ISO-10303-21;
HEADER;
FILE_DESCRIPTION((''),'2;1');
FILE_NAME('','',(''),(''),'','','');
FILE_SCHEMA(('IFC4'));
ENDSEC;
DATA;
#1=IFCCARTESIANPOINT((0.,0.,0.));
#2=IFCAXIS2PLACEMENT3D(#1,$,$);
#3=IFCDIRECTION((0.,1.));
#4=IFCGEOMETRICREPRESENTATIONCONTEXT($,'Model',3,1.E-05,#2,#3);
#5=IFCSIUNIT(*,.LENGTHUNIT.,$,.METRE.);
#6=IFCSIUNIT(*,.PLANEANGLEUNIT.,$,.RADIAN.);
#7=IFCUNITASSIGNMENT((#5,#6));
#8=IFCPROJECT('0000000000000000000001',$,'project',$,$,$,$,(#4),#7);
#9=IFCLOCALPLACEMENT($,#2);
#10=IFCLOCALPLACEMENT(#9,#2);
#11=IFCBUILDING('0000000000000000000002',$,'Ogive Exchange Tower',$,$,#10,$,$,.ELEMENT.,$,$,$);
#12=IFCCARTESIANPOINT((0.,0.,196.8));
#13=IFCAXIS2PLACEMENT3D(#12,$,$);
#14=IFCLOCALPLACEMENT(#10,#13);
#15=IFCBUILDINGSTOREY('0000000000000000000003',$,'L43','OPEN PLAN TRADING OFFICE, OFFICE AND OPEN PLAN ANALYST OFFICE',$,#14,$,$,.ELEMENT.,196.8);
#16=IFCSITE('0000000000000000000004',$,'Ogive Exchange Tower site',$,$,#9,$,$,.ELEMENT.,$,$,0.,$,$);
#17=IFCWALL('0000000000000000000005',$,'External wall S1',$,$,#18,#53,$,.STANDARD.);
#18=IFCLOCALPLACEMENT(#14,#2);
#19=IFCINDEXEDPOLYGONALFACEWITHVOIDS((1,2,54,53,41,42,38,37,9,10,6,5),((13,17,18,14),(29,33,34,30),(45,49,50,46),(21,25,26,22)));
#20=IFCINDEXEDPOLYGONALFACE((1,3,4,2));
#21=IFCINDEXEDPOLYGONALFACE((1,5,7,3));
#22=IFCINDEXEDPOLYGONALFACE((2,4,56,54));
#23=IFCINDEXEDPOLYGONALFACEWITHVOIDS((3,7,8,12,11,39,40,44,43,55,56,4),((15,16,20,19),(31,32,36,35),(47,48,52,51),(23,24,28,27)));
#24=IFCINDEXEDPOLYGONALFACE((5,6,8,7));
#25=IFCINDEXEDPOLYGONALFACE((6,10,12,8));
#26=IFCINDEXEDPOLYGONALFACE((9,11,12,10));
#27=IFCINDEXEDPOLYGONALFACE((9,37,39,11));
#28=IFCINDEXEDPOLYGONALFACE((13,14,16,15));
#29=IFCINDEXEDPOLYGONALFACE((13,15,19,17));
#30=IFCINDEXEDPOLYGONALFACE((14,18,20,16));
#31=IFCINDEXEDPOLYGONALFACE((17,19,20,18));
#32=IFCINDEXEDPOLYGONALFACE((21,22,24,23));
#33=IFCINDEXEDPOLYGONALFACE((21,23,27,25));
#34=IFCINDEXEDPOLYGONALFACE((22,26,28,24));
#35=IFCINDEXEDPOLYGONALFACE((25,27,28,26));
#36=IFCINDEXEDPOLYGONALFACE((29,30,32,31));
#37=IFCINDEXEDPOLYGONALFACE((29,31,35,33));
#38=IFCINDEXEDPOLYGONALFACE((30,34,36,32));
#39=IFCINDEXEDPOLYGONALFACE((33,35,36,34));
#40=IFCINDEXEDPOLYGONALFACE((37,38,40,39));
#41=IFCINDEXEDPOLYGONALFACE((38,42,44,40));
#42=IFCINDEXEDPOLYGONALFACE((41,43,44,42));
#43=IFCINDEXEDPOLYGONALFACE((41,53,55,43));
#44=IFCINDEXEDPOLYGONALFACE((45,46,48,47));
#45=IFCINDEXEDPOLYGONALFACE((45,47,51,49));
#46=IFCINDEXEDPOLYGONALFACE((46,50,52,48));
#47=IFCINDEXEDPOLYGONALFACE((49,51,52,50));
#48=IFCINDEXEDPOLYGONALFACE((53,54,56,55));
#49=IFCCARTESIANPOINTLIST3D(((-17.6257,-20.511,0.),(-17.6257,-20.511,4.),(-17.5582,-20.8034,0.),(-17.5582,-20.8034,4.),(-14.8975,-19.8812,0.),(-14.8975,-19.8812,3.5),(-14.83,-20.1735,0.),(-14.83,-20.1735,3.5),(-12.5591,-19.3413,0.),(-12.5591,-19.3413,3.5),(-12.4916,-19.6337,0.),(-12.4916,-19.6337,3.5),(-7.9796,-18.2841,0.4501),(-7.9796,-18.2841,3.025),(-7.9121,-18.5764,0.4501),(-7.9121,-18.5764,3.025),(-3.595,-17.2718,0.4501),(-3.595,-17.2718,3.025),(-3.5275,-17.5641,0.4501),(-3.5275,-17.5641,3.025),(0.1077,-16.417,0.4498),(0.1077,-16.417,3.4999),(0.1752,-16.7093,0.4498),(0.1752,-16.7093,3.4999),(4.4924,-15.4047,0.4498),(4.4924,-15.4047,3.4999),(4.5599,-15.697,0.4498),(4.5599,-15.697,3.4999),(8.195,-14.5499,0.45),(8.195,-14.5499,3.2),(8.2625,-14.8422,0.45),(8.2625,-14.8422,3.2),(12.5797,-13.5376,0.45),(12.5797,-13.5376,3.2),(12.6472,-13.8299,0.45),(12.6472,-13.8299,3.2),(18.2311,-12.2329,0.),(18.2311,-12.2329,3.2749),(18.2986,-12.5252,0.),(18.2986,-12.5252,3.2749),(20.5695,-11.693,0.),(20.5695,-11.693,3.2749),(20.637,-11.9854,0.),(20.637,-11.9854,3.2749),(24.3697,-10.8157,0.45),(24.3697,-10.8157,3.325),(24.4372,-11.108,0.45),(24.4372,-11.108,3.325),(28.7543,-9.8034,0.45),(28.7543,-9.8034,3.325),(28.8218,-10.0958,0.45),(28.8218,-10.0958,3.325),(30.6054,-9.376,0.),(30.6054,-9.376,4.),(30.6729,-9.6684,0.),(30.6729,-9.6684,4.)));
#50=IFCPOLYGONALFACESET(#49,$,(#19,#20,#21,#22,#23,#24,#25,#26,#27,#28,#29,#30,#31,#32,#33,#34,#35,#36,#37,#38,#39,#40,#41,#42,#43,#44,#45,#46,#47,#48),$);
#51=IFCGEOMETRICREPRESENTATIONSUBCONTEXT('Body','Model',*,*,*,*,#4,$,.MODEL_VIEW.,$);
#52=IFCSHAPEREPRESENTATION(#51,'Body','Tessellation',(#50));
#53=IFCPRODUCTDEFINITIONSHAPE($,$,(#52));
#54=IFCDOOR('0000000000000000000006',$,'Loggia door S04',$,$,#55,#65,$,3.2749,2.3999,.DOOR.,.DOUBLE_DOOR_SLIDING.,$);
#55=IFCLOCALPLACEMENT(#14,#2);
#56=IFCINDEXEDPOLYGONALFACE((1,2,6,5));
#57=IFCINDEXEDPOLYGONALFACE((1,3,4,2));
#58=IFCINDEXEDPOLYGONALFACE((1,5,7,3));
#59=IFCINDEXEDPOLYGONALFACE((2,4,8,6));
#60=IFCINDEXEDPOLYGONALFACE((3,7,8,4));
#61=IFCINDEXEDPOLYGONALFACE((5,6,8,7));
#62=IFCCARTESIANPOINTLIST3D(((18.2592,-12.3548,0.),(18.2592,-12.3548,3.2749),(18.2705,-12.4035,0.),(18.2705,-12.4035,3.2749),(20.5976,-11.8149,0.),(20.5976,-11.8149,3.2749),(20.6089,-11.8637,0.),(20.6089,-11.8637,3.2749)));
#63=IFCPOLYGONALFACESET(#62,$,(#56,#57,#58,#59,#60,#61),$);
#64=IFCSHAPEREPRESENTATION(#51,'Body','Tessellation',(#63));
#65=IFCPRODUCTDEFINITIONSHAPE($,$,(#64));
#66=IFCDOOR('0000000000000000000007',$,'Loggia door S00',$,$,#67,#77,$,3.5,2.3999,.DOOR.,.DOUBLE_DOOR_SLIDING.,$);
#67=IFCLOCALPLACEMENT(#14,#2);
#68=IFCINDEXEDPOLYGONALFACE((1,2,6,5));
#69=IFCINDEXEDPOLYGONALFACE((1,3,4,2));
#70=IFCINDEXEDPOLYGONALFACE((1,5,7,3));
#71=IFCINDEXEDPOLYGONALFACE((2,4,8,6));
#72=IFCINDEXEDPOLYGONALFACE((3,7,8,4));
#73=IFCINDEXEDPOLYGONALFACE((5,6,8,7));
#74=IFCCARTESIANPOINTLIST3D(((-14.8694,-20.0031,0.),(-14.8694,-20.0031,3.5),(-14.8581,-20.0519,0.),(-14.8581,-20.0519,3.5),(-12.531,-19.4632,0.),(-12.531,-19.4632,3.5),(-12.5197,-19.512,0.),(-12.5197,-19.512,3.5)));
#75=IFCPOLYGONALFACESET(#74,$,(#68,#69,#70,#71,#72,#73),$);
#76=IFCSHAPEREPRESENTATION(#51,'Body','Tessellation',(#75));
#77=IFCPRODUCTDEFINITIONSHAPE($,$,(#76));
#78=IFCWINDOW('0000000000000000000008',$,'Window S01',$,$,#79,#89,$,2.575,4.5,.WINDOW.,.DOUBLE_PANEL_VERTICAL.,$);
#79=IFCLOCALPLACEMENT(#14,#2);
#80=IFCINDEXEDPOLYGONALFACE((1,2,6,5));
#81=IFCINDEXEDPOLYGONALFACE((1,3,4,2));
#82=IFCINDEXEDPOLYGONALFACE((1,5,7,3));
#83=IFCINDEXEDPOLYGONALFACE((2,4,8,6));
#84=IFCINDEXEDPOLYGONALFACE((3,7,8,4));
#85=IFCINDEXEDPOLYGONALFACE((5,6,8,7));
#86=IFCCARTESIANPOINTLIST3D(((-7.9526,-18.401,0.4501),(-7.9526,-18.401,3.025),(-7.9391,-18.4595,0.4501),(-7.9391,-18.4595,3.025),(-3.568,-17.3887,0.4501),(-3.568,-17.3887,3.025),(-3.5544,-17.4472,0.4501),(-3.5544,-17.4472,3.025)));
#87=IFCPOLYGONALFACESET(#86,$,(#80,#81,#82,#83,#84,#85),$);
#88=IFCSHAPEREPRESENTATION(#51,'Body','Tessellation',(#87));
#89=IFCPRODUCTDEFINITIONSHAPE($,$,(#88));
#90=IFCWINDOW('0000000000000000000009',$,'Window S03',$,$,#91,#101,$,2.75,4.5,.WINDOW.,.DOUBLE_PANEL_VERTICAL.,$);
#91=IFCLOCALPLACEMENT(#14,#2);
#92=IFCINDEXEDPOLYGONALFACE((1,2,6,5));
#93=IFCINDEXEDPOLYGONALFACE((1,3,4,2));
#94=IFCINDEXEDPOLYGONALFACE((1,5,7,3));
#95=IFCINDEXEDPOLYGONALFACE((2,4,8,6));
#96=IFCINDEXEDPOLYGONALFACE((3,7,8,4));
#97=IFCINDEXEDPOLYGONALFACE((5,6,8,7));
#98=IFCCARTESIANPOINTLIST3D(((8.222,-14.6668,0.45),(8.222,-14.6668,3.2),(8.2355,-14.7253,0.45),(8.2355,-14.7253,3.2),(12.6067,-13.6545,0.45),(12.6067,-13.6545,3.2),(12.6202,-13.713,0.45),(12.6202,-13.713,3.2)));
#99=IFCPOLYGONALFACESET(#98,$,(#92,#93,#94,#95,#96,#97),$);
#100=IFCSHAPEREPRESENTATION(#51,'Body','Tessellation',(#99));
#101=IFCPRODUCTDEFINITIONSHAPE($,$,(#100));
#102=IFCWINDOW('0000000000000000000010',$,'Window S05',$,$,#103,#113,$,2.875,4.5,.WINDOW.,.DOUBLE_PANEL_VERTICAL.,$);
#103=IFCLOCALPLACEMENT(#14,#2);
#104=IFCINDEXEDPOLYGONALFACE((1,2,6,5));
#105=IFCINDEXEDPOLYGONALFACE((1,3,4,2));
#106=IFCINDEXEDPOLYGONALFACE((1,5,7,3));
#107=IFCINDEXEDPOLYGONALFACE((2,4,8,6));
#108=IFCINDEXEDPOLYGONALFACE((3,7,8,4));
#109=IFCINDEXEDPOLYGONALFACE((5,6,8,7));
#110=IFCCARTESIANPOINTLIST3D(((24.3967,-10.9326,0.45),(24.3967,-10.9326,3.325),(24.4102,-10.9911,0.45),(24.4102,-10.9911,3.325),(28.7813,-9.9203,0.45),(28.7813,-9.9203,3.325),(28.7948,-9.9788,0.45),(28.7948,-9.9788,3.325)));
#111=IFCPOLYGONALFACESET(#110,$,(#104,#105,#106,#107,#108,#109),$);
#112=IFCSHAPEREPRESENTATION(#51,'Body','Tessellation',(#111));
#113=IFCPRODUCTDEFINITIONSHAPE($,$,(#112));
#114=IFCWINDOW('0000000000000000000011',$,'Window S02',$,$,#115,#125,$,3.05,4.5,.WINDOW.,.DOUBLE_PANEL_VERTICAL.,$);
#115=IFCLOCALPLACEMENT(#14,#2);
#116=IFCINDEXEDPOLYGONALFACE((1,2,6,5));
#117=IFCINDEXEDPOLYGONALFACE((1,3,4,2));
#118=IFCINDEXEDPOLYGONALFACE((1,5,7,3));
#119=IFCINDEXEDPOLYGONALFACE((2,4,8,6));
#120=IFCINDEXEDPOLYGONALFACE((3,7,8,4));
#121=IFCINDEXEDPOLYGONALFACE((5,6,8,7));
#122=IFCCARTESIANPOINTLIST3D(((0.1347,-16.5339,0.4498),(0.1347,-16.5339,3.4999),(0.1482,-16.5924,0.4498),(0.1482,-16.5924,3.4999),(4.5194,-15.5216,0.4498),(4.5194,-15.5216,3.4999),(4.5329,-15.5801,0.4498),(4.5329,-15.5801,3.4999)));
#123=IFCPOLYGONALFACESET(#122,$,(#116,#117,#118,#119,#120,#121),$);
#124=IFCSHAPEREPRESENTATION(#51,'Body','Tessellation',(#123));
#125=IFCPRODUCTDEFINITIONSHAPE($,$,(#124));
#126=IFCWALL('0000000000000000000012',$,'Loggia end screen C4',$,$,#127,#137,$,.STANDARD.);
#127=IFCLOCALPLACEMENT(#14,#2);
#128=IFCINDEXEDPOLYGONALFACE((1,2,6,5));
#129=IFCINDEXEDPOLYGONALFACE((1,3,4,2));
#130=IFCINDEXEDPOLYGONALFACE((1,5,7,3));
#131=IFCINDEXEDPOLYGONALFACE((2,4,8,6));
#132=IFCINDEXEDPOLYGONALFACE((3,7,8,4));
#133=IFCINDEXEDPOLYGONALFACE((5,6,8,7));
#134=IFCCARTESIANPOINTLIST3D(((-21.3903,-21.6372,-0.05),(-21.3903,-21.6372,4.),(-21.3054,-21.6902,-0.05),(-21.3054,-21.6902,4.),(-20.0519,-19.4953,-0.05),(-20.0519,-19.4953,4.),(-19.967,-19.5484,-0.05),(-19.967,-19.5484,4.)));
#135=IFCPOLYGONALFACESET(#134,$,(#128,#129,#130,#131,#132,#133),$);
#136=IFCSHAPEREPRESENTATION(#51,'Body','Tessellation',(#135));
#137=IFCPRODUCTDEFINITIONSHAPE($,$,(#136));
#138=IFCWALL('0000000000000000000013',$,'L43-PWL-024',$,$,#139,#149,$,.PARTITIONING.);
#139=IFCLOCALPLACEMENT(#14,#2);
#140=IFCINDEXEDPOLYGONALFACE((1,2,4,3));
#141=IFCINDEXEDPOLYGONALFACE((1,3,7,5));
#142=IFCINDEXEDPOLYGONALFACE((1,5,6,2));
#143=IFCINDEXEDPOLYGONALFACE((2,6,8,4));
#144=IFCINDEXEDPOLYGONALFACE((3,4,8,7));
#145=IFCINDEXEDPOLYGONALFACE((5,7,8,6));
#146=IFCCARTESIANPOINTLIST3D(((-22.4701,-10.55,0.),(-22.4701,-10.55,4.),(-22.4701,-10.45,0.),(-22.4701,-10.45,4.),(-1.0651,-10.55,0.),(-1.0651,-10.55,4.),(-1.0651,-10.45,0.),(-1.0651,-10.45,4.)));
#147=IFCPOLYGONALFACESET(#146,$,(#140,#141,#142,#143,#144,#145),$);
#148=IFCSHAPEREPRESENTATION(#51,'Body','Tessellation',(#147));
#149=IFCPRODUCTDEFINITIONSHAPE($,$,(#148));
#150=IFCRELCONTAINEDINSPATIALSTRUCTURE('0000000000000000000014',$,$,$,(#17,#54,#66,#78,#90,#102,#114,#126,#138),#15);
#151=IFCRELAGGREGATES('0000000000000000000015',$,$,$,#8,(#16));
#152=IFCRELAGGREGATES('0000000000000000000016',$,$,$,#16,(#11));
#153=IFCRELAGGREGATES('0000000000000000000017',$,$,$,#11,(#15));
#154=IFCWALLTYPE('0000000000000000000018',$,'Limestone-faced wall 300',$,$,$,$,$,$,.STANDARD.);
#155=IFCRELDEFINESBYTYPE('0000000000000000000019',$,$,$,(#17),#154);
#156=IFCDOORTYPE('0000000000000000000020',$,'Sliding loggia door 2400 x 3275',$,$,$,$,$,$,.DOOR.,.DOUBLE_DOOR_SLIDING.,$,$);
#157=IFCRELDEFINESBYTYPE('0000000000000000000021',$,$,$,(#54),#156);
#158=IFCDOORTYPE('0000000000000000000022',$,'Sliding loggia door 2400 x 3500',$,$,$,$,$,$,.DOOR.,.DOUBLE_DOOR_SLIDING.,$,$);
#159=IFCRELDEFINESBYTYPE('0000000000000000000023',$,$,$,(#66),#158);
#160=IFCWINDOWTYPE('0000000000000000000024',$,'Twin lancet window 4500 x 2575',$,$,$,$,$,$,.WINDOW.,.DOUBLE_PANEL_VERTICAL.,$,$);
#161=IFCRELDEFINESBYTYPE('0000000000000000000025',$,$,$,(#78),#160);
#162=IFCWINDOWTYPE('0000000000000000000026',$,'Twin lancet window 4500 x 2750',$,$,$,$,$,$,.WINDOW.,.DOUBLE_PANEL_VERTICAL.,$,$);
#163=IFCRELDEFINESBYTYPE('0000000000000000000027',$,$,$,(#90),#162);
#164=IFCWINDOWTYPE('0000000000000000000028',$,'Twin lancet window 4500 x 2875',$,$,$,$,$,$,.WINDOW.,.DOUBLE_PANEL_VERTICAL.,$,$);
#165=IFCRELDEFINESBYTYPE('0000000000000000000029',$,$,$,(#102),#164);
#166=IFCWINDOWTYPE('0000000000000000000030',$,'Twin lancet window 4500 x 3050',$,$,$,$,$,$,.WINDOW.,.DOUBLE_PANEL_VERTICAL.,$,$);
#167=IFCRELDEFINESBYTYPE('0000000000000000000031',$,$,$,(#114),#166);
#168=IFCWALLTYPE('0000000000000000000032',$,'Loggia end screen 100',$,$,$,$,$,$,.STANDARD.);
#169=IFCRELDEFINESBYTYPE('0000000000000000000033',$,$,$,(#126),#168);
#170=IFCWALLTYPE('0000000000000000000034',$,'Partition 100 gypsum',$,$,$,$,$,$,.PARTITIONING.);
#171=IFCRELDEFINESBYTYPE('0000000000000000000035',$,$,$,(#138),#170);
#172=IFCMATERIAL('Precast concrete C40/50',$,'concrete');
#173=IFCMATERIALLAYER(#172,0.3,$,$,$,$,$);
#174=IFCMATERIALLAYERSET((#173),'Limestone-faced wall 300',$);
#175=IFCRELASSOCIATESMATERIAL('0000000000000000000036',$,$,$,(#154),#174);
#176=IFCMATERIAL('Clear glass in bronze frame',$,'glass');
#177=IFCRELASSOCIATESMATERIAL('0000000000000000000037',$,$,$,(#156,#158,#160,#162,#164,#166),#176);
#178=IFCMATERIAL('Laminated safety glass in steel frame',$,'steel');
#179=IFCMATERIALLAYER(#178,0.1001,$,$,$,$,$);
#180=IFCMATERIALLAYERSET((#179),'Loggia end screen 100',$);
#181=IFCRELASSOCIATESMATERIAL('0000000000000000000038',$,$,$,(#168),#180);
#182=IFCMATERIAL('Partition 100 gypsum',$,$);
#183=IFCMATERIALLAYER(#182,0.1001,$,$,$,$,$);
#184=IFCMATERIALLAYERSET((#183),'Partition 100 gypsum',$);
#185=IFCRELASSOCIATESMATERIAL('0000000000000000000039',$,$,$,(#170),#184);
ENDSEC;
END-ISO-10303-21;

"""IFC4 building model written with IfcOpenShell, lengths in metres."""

from ifc_helpers import new_model, si_unit, direction, frame, frame_2d, origin, place, context, subcontext, project, spatial, rectangle, extrude, material, layer, layer_set, type_object, element, fill, save


model = new_model("IFC4")

# Units and contexts
model_context = context("Model", 3, precision=1e-05, world=origin(), true_north=direction((0.0, 1.0)))
body_context = subcontext(model_context, "Body", "Model", "MODEL_VIEW")
ifc_project = project(units=[si_unit("LENGTHUNIT", "METRE"), si_unit("PLANEANGLEUNIT", "RADIAN")], contexts=[model_context])

# Site, building, storey
site_placement = place(None, origin())
site = spatial("IfcSite", under=ifc_project, at=site_placement, Name="Ogive Exchange Tower site", CompositionType="ELEMENT", RefElevation=0.0)
building_placement = place(site_placement, origin())
building = spatial("IfcBuilding", under=site, at=building_placement, Name="Ogive Exchange Tower", CompositionType="ELEMENT")
storey_placement = place(building_placement, frame((0.0, 0.0, 196.8)))
storey = spatial("IfcBuildingStorey", under=building, at=storey_placement, Name="L43", Description="OPEN PLAN TRADING OFFICE, OFFICE AND OPEN PLAN ANALYST OFFICE", CompositionType="ELEMENT", Elevation=196.8)

# Wall, openings, doors, windows
ifc_material_1 = material(Name="Precast concrete C40/50", Category="concrete")
ifc_layer_1 = layer(ifc_material_1, 0.3)
ifc_layer_set_1 = layer_set([ifc_layer_1], Name="Limestone-faced wall 300")
wall_type_1 = type_object("IfcWallType", Name="Limestone-faced wall 300", PredefinedType="STANDARD", material=ifc_layer_set_1)
wall_1_placement = place(storey_placement, frame((-17.592, -20.6572, 0.0), z_axis=(0.0, 0.0, 1.0), x_axis=(0.97437, 0.22495, 0.0)))
wall_1 = element("IfcWall", 1, at=wall_1_placement, inside=storey, type_object=wall_type_1, Name="External wall S1", PredefinedType="STANDARD", context=body_context, shape_type="SweptSolid", body=[
    extrude(rectangle(XDim=49.4998, YDim=0.3, at=frame_2d((24.75, 0.0))), origin(), (0.0, 0.0, 1.0), 4.0),
])
opening_1_placement = place(wall_1_placement, frame((2.8, 0.0, 0.0)))
opening_1 = element("IfcOpeningElement", 2, at=opening_1_placement, cuts=wall_1, PredefinedType="OPENING", context=body_context, shape_type="SweptSolid", body=[
    extrude(rectangle(XDim=2.3999, YDim=3.5, at=frame_2d((1.2, 1.75))), frame((0.0, 0.1599, 0.0), z_axis=(0.0, -1.0, 0.0), x_axis=(1.0, 0.0, 0.0)), (0.0, 0.0, 1.0), 0.3201),
])
opening_2_placement = place(wall_1_placement, frame((9.8999, 0.0, 0.45)))
opening_2 = element("IfcOpeningElement", 3, at=opening_2_placement, cuts=wall_1, PredefinedType="OPENING", context=body_context, shape_type="SweptSolid", body=[
    extrude(rectangle(XDim=4.5, YDim=2.575, at=frame_2d((2.25, 1.2876))), frame((0.0, 0.1599, 0.0), z_axis=(0.0, -1.0, 0.0), x_axis=(1.0, 0.0, 0.0)), (0.0, 0.0, 1.0), 0.3201),
])
opening_3_placement = place(wall_1_placement, frame((18.2, 0.0, 0.45)))
opening_3 = element("IfcOpeningElement", 4, at=opening_3_placement, cuts=wall_1, PredefinedType="OPENING", context=body_context, shape_type="SweptSolid", body=[
    extrude(rectangle(XDim=4.5, YDim=3.05, at=frame_2d((2.25, 1.5249))), frame((0.0, 0.1599, 0.0), z_axis=(0.0, -1.0, 0.0), x_axis=(1.0, 0.0, 0.0)), (0.0, 0.0, 1.0), 0.3201),
])
opening_4_placement = place(wall_1_placement, frame((26.5, 0.0, 0.45)))
opening_4 = element("IfcOpeningElement", 5, at=opening_4_placement, cuts=wall_1, PredefinedType="OPENING", context=body_context, shape_type="SweptSolid", body=[
    extrude(rectangle(XDim=4.5, YDim=2.75, at=frame_2d((2.25, 1.375))), frame((0.0, 0.1599, 0.0), z_axis=(0.0, -1.0, 0.0), x_axis=(1.0, 0.0, 0.0)), (0.0, 0.0, 1.0), 0.3201),
])
opening_5_placement = place(wall_1_placement, frame((36.8, 0.0, 0.0)))
opening_5 = element("IfcOpeningElement", 6, at=opening_5_placement, cuts=wall_1, PredefinedType="OPENING", context=body_context, shape_type="SweptSolid", body=[
    extrude(rectangle(XDim=2.3999, YDim=3.2749, at=frame_2d((1.2, 1.6375))), frame((0.0, 0.1599, 0.0), z_axis=(0.0, -1.0, 0.0), x_axis=(1.0, 0.0, 0.0)), (0.0, 0.0, 1.0), 0.3201),
])
opening_6_placement = place(wall_1_placement, frame((43.1001, 0.0, 0.45)))
opening_6 = element("IfcOpeningElement", 7, at=opening_6_placement, cuts=wall_1, PredefinedType="OPENING", context=body_context, shape_type="SweptSolid", body=[
    extrude(rectangle(XDim=4.5, YDim=2.875, at=frame_2d((2.25, 1.4375))), frame((0.0, 0.1599, 0.0), z_axis=(0.0, -1.0, 0.0), x_axis=(1.0, 0.0, 0.0)), (0.0, 0.0, 1.0), 0.3201),
])
ifc_material_2 = material(Name="Clear glass in bronze frame", Category="glass")
door_type_1 = type_object("IfcDoorType", Name="Sliding loggia door 2400 x 3275", OperationType="DOUBLE_DOOR_SLIDING", PredefinedType="DOOR", material=ifc_material_2)
door_1_placement = place(opening_5_placement, origin())
door_1 = element("IfcDoor", 8, at=door_1_placement, inside=storey, type_object=door_type_1, Name="Loggia door S04", OperationType="DOUBLE_DOOR_SLIDING", OverallHeight=3.2749, OverallWidth=2.3999, PredefinedType="DOOR", context=body_context, shape_type="SweptSolid", body=[
    extrude(rectangle(XDim=2.3999, YDim=3.2749, at=frame_2d((1.2, 1.6375))), frame((0.0, 0.0249, 0.0), z_axis=(0.0, -1.0, 0.0), x_axis=(1.0, 0.0, 0.0)), (0.0, 0.0, 1.0), 0.05),
])
fill(opening_5, door_1)
door_type_2 = type_object("IfcDoorType", Name="Sliding loggia door 2400 x 3500", OperationType="DOUBLE_DOOR_SLIDING", PredefinedType="DOOR", material=ifc_material_2)
door_2_placement = place(opening_1_placement, origin())
door_2 = element("IfcDoor", 9, at=door_2_placement, inside=storey, type_object=door_type_2, Name="Loggia door S00", OperationType="DOUBLE_DOOR_SLIDING", OverallHeight=3.5, OverallWidth=2.3999, PredefinedType="DOOR", context=body_context, shape_type="SweptSolid", body=[
    extrude(rectangle(XDim=2.3999, YDim=3.5, at=frame_2d((1.2, 1.75))), frame((0.0, 0.0249, 0.0), z_axis=(0.0, -1.0, 0.0), x_axis=(1.0, 0.0, 0.0)), (0.0, 0.0, 1.0), 0.05),
])
fill(opening_1, door_2)
window_type_1 = type_object("IfcWindowType", Name="Twin lancet window 4500 x 2575", PartitioningType="DOUBLE_PANEL_VERTICAL", PredefinedType="WINDOW", material=ifc_material_2)
window_1_placement = place(opening_2_placement, origin())
window_1 = element("IfcWindow", 10, at=window_1_placement, inside=storey, type_object=window_type_1, Name="Window S01", OverallHeight=2.575, OverallWidth=4.5, PartitioningType="DOUBLE_PANEL_VERTICAL", PredefinedType="WINDOW", context=body_context, shape_type="SweptSolid", body=[
    extrude(rectangle(XDim=4.5, YDim=2.575, at=frame_2d((2.25, 1.2876))), frame((0.0, 0.03, 0.0), z_axis=(0.0, -1.0, 0.0), x_axis=(1.0, 0.0, 0.0)), (0.0, 0.0, 1.0), 0.0601),
])
fill(opening_2, window_1)
window_type_2 = type_object("IfcWindowType", Name="Twin lancet window 4500 x 2750", PartitioningType="DOUBLE_PANEL_VERTICAL", PredefinedType="WINDOW", material=ifc_material_2)
window_2_placement = place(opening_4_placement, origin())
window_2 = element("IfcWindow", 11, at=window_2_placement, inside=storey, type_object=window_type_2, Name="Window S03", OverallHeight=2.75, OverallWidth=4.5, PartitioningType="DOUBLE_PANEL_VERTICAL", PredefinedType="WINDOW", context=body_context, shape_type="SweptSolid", body=[
    extrude(rectangle(XDim=4.5, YDim=2.75, at=frame_2d((2.25, 1.375))), frame((0.0, 0.03, 0.0), z_axis=(0.0, -1.0, 0.0), x_axis=(1.0, 0.0, 0.0)), (0.0, 0.0, 1.0), 0.0601),
])
fill(opening_4, window_2)
window_type_3 = type_object("IfcWindowType", Name="Twin lancet window 4500 x 2875", PartitioningType="DOUBLE_PANEL_VERTICAL", PredefinedType="WINDOW", material=ifc_material_2)
window_3_placement = place(opening_6_placement, origin())
window_3 = element("IfcWindow", 12, at=window_3_placement, inside=storey, type_object=window_type_3, Name="Window S05", OverallHeight=2.875, OverallWidth=4.5, PartitioningType="DOUBLE_PANEL_VERTICAL", PredefinedType="WINDOW", context=body_context, shape_type="SweptSolid", body=[
    extrude(rectangle(XDim=4.5, YDim=2.875, at=frame_2d((2.25, 1.4375))), frame((0.0, 0.03, 0.0), z_axis=(0.0, -1.0, 0.0), x_axis=(1.0, 0.0, 0.0)), (0.0, 0.0, 1.0), 0.0601),
])
fill(opening_6, window_3)
window_type_4 = type_object("IfcWindowType", Name="Twin lancet window 4500 x 3050", PartitioningType="DOUBLE_PANEL_VERTICAL", PredefinedType="WINDOW", material=ifc_material_2)
window_4_placement = place(opening_3_placement, origin())
window_4 = element("IfcWindow", 13, at=window_4_placement, inside=storey, type_object=window_type_4, Name="Window S02", OverallHeight=3.05, OverallWidth=4.5, PartitioningType="DOUBLE_PANEL_VERTICAL", PredefinedType="WINDOW", context=body_context, shape_type="SweptSolid", body=[
    extrude(rectangle(XDim=4.5, YDim=3.05, at=frame_2d((2.25, 1.5249))), frame((0.0, 0.03, 0.0), z_axis=(0.0, -1.0, 0.0), x_axis=(1.0, 0.0, 0.0)), (0.0, 0.0, 1.0), 0.0601),
])
fill(opening_3, window_4)

# Walls
ifc_material_3 = material(Name="Laminated safety glass in steel frame", Category="steel")
ifc_layer_2 = layer(ifc_material_3, 0.1001)
ifc_layer_set_2 = layer_set([ifc_layer_2], Name="Loggia end screen 100")
wall_type_2 = type_object("IfcWallType", Name="Loggia end screen 100", PredefinedType="STANDARD", material=ifc_layer_set_2)
wall_2_placement = place(storey_placement, frame((-20.0095, -19.522, -0.05), z_axis=(0.0, 0.0, 1.0), x_axis=(-0.529921, -0.848047, 0.0)))
element("IfcWall", 14, at=wall_2_placement, inside=storey, type_object=wall_type_2, Name="Loggia end screen C4", PredefinedType="STANDARD", context=body_context, shape_type="SweptSolid", body=[
    extrude(rectangle(XDim=2.5256, YDim=0.1001, at=frame_2d((1.2627, 0.0))), origin(), (0.0, 0.0, 1.0), 4.05),
])
ifc_material_4 = material(Name="Partition 100 gypsum")
ifc_layer_3 = layer(ifc_material_4, 0.1001)
ifc_layer_set_3 = layer_set([ifc_layer_3], Name="Partition 100 gypsum")
wall_type_3 = type_object("IfcWallType", Name="Partition 100 gypsum", PredefinedType="PARTITIONING", material=ifc_layer_set_3)
wall_3_placement = place(storey_placement, frame((-1.0649, -10.5, 0.0), z_axis=(0.0, 0.0, 1.0), x_axis=(-1.0, 0.0, 0.0)))
element("IfcWall", 15, at=wall_3_placement, inside=storey, type_object=wall_type_3, Name="L43-PWL-024", PredefinedType="PARTITIONING", context=body_context, shape_type="SweptSolid", body=[
    extrude(rectangle(XDim=21.405, YDim=0.1001, at=frame_2d((10.7026, 0.0))), origin(), (0.0, 0.0, 1.0), 4.0),
])

save(model, "model.ifc")
